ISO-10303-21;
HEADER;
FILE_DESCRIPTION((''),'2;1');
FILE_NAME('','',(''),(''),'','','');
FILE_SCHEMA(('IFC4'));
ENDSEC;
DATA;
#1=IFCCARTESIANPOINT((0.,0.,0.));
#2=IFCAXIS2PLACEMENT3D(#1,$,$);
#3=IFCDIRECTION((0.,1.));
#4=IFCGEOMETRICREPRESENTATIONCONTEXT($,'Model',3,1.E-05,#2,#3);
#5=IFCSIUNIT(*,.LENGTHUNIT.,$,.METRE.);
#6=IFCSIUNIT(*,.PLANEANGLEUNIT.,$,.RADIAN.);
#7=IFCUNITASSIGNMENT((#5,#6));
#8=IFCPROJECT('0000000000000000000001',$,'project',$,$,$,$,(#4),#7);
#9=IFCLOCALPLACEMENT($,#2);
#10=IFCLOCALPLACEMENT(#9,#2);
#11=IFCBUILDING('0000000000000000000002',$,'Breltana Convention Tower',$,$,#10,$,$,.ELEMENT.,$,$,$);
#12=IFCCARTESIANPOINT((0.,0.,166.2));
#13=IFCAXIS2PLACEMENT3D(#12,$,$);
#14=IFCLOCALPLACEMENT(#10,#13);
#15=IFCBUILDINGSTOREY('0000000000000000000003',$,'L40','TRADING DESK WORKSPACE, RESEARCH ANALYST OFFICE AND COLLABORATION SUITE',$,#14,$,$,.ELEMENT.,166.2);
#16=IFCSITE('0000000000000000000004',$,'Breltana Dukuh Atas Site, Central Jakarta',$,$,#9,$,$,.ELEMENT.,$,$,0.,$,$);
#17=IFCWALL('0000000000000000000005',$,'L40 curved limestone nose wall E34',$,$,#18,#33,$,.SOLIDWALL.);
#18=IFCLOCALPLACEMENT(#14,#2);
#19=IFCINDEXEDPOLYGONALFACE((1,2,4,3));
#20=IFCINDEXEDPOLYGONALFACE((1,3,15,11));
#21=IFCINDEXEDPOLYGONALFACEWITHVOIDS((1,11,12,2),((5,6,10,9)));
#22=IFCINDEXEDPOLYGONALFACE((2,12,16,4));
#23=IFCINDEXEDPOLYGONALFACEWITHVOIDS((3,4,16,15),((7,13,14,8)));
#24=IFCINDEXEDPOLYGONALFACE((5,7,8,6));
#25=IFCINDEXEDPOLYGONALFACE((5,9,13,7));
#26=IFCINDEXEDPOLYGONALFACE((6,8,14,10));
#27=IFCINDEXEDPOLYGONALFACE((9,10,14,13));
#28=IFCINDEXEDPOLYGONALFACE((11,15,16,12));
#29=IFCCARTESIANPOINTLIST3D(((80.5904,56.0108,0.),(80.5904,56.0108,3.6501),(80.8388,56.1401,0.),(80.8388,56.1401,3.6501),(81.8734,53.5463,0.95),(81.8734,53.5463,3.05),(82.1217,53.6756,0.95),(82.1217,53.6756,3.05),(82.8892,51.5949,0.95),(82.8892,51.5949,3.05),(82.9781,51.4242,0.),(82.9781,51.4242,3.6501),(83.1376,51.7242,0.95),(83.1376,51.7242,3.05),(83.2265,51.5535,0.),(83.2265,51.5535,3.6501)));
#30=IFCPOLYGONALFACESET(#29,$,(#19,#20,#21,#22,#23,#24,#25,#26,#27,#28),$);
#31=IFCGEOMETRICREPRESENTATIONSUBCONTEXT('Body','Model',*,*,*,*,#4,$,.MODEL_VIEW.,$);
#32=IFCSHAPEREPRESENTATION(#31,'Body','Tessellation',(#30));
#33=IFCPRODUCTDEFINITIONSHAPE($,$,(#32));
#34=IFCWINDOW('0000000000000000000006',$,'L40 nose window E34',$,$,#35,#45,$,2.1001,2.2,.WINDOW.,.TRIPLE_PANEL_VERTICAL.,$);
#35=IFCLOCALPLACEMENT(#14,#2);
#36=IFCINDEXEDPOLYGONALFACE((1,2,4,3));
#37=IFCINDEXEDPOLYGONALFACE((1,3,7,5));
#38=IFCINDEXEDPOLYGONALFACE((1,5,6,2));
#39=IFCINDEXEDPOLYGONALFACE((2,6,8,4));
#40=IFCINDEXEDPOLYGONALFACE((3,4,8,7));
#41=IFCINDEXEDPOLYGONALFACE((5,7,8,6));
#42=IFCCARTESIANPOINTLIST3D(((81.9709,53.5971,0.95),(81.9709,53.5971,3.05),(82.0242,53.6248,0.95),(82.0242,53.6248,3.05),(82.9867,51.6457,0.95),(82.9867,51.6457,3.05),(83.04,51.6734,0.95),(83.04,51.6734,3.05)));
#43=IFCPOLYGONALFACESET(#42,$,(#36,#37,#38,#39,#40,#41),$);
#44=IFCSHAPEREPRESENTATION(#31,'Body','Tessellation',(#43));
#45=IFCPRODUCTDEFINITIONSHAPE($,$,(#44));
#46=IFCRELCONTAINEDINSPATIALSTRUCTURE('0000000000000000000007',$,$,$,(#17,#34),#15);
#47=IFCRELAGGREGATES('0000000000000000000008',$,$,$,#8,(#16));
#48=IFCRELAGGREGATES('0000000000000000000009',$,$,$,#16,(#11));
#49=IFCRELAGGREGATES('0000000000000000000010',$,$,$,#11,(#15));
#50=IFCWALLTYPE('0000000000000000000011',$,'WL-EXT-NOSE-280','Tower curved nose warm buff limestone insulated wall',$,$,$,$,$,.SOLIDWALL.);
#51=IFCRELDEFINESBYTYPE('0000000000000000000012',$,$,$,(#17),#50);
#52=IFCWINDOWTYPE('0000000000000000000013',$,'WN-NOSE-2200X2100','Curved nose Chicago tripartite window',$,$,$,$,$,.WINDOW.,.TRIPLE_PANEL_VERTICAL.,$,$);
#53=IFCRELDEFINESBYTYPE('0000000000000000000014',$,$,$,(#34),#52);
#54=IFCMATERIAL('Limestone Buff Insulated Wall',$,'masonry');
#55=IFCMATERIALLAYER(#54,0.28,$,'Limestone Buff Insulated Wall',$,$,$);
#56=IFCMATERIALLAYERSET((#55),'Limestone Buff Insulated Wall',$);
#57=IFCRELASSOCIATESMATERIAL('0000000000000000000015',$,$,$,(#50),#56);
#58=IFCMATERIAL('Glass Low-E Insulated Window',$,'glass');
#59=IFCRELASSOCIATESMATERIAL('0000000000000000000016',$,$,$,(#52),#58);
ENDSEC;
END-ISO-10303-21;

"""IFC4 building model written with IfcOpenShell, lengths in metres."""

from ifc_helpers import new_model, si_unit, direction, frame, frame_2d, origin, place, context, subcontext, project, spatial, rectangle, extrude, source, transform, mapped, material, layer, layer_set, type_object, type_shapes, element, fill, save


model = new_model("IFC4")

# Units and contexts
model_context = context("Model", 3, precision=1e-05, world=origin(), true_north=direction((0.0, 1.0)))
body_context = subcontext(model_context, "Body", "Model", "MODEL_VIEW")
ifc_project = project(units=[si_unit("LENGTHUNIT", "METRE"), si_unit("PLANEANGLEUNIT", "RADIAN")], contexts=[model_context])

# Site, building, storey
site_placement = place(None, origin())
site = spatial("IfcSite", under=ifc_project, at=site_placement, Name="Breltana Dukuh Atas Site, Central Jakarta", CompositionType="ELEMENT", RefElevation=0.0)
building_placement = place(site_placement, origin())
building = spatial("IfcBuilding", under=site, at=building_placement, Name="Breltana Convention Tower", CompositionType="ELEMENT")
storey_placement = place(building_placement, frame((0.0, 0.0, 166.2)))
storey = spatial("IfcBuildingStorey", under=building, at=storey_placement, Name="L40", Description="TRADING DESK WORKSPACE, RESEARCH ANALYST OFFICE AND COLLABORATION SUITE", CompositionType="ELEMENT", Elevation=166.2)

# Wall, opening, window
ifc_material_1 = material(Name="Limestone Buff Insulated Wall", Category="masonry")
ifc_layer_1 = layer(ifc_material_1, 0.28, Name="Limestone Buff Insulated Wall")
ifc_layer_set_1 = layer_set([ifc_layer_1], Name="Limestone Buff Insulated Wall")
wall_type = type_object("IfcWallType", Name="WL-EXT-NOSE-280", Description="Tower curved nose warm buff limestone insulated wall", PredefinedType="SOLIDWALL", material=ifc_layer_set_1)
ifc_material_2 = material(Name="Glass Low-E Insulated Window", Category="glass")
window_type = type_object("IfcWindowType", Name="WN-NOSE-2200X2100", Description="Curved nose Chicago tripartite window", PartitioningType="TRIPLE_PANEL_VERTICAL", PredefinedType="WINDOW", material=ifc_material_2)
shared_shape_1 = source(origin(), body_context, "Body", "SweptSolid", [
    extrude(rectangle(XDim=2.2, YDim=2.1001, at=frame_2d((1.1001, 1.05))), frame((0.0, 0.03, 0.0), z_axis=(0.0, -1.0, 0.0), x_axis=(1.0, 0.0, 0.0)), (0.0, 0.0, 1.0), 0.0601),
])
type_shapes(window_type, [shared_shape_1])
shared_shape_2 = source(origin(), body_context, "Body", "SweptSolid", [
    extrude(rectangle(XDim=5.1709, YDim=0.28, at=frame_2d((2.5854, 0.0))), origin(), (0.0, 0.0, 1.0), 3.6501),
])
wall_1_placement = place(storey_placement, frame((80.7146, 56.0754, 0.0), z_axis=(0.0, 0.0, 1.0), x_axis=(0.461753, -0.887009, 0.0)))
wall_1 = element("IfcWall", 1, at=wall_1_placement, inside=storey, type_object=wall_type, Name="L40 curved limestone nose wall E34", PredefinedType="SOLIDWALL", context=body_context, shape_type="MappedRepresentation", body=[
    mapped(shared_shape_2, transform((0.0, 0.0, 0.0), scale=1.0)),
])
opening_1_placement = place(wall_1_placement, frame((2.7783, 0.0, 0.95)))
opening_1 = element("IfcOpeningElement", 2, at=opening_1_placement, cuts=wall_1, PredefinedType="OPENING", context=body_context, shape_type="SweptSolid", body=[
    extrude(rectangle(XDim=2.2, YDim=2.1001, at=frame_2d((1.1001, 1.05))), frame((0.0, 0.1499, 0.0), z_axis=(0.0, -1.0, 0.0), x_axis=(1.0, 0.0, 0.0)), (0.0, 0.0, 1.0), 0.3),
])
window_1_placement = place(opening_1_placement, origin())
window_1 = element("IfcWindow", 3, at=window_1_placement, inside=storey, type_object=window_type, Name="L40 nose window E34", OverallHeight=2.1001, OverallWidth=2.2, PartitioningType="TRIPLE_PANEL_VERTICAL", PredefinedType="WINDOW", context=body_context, shape_type="MappedRepresentation", body=[
    mapped(shared_shape_1, transform((0.0, 0.0, 0.0), scale=1.0)),
])
fill(opening_1, window_1)

save(model, "model.ifc")
